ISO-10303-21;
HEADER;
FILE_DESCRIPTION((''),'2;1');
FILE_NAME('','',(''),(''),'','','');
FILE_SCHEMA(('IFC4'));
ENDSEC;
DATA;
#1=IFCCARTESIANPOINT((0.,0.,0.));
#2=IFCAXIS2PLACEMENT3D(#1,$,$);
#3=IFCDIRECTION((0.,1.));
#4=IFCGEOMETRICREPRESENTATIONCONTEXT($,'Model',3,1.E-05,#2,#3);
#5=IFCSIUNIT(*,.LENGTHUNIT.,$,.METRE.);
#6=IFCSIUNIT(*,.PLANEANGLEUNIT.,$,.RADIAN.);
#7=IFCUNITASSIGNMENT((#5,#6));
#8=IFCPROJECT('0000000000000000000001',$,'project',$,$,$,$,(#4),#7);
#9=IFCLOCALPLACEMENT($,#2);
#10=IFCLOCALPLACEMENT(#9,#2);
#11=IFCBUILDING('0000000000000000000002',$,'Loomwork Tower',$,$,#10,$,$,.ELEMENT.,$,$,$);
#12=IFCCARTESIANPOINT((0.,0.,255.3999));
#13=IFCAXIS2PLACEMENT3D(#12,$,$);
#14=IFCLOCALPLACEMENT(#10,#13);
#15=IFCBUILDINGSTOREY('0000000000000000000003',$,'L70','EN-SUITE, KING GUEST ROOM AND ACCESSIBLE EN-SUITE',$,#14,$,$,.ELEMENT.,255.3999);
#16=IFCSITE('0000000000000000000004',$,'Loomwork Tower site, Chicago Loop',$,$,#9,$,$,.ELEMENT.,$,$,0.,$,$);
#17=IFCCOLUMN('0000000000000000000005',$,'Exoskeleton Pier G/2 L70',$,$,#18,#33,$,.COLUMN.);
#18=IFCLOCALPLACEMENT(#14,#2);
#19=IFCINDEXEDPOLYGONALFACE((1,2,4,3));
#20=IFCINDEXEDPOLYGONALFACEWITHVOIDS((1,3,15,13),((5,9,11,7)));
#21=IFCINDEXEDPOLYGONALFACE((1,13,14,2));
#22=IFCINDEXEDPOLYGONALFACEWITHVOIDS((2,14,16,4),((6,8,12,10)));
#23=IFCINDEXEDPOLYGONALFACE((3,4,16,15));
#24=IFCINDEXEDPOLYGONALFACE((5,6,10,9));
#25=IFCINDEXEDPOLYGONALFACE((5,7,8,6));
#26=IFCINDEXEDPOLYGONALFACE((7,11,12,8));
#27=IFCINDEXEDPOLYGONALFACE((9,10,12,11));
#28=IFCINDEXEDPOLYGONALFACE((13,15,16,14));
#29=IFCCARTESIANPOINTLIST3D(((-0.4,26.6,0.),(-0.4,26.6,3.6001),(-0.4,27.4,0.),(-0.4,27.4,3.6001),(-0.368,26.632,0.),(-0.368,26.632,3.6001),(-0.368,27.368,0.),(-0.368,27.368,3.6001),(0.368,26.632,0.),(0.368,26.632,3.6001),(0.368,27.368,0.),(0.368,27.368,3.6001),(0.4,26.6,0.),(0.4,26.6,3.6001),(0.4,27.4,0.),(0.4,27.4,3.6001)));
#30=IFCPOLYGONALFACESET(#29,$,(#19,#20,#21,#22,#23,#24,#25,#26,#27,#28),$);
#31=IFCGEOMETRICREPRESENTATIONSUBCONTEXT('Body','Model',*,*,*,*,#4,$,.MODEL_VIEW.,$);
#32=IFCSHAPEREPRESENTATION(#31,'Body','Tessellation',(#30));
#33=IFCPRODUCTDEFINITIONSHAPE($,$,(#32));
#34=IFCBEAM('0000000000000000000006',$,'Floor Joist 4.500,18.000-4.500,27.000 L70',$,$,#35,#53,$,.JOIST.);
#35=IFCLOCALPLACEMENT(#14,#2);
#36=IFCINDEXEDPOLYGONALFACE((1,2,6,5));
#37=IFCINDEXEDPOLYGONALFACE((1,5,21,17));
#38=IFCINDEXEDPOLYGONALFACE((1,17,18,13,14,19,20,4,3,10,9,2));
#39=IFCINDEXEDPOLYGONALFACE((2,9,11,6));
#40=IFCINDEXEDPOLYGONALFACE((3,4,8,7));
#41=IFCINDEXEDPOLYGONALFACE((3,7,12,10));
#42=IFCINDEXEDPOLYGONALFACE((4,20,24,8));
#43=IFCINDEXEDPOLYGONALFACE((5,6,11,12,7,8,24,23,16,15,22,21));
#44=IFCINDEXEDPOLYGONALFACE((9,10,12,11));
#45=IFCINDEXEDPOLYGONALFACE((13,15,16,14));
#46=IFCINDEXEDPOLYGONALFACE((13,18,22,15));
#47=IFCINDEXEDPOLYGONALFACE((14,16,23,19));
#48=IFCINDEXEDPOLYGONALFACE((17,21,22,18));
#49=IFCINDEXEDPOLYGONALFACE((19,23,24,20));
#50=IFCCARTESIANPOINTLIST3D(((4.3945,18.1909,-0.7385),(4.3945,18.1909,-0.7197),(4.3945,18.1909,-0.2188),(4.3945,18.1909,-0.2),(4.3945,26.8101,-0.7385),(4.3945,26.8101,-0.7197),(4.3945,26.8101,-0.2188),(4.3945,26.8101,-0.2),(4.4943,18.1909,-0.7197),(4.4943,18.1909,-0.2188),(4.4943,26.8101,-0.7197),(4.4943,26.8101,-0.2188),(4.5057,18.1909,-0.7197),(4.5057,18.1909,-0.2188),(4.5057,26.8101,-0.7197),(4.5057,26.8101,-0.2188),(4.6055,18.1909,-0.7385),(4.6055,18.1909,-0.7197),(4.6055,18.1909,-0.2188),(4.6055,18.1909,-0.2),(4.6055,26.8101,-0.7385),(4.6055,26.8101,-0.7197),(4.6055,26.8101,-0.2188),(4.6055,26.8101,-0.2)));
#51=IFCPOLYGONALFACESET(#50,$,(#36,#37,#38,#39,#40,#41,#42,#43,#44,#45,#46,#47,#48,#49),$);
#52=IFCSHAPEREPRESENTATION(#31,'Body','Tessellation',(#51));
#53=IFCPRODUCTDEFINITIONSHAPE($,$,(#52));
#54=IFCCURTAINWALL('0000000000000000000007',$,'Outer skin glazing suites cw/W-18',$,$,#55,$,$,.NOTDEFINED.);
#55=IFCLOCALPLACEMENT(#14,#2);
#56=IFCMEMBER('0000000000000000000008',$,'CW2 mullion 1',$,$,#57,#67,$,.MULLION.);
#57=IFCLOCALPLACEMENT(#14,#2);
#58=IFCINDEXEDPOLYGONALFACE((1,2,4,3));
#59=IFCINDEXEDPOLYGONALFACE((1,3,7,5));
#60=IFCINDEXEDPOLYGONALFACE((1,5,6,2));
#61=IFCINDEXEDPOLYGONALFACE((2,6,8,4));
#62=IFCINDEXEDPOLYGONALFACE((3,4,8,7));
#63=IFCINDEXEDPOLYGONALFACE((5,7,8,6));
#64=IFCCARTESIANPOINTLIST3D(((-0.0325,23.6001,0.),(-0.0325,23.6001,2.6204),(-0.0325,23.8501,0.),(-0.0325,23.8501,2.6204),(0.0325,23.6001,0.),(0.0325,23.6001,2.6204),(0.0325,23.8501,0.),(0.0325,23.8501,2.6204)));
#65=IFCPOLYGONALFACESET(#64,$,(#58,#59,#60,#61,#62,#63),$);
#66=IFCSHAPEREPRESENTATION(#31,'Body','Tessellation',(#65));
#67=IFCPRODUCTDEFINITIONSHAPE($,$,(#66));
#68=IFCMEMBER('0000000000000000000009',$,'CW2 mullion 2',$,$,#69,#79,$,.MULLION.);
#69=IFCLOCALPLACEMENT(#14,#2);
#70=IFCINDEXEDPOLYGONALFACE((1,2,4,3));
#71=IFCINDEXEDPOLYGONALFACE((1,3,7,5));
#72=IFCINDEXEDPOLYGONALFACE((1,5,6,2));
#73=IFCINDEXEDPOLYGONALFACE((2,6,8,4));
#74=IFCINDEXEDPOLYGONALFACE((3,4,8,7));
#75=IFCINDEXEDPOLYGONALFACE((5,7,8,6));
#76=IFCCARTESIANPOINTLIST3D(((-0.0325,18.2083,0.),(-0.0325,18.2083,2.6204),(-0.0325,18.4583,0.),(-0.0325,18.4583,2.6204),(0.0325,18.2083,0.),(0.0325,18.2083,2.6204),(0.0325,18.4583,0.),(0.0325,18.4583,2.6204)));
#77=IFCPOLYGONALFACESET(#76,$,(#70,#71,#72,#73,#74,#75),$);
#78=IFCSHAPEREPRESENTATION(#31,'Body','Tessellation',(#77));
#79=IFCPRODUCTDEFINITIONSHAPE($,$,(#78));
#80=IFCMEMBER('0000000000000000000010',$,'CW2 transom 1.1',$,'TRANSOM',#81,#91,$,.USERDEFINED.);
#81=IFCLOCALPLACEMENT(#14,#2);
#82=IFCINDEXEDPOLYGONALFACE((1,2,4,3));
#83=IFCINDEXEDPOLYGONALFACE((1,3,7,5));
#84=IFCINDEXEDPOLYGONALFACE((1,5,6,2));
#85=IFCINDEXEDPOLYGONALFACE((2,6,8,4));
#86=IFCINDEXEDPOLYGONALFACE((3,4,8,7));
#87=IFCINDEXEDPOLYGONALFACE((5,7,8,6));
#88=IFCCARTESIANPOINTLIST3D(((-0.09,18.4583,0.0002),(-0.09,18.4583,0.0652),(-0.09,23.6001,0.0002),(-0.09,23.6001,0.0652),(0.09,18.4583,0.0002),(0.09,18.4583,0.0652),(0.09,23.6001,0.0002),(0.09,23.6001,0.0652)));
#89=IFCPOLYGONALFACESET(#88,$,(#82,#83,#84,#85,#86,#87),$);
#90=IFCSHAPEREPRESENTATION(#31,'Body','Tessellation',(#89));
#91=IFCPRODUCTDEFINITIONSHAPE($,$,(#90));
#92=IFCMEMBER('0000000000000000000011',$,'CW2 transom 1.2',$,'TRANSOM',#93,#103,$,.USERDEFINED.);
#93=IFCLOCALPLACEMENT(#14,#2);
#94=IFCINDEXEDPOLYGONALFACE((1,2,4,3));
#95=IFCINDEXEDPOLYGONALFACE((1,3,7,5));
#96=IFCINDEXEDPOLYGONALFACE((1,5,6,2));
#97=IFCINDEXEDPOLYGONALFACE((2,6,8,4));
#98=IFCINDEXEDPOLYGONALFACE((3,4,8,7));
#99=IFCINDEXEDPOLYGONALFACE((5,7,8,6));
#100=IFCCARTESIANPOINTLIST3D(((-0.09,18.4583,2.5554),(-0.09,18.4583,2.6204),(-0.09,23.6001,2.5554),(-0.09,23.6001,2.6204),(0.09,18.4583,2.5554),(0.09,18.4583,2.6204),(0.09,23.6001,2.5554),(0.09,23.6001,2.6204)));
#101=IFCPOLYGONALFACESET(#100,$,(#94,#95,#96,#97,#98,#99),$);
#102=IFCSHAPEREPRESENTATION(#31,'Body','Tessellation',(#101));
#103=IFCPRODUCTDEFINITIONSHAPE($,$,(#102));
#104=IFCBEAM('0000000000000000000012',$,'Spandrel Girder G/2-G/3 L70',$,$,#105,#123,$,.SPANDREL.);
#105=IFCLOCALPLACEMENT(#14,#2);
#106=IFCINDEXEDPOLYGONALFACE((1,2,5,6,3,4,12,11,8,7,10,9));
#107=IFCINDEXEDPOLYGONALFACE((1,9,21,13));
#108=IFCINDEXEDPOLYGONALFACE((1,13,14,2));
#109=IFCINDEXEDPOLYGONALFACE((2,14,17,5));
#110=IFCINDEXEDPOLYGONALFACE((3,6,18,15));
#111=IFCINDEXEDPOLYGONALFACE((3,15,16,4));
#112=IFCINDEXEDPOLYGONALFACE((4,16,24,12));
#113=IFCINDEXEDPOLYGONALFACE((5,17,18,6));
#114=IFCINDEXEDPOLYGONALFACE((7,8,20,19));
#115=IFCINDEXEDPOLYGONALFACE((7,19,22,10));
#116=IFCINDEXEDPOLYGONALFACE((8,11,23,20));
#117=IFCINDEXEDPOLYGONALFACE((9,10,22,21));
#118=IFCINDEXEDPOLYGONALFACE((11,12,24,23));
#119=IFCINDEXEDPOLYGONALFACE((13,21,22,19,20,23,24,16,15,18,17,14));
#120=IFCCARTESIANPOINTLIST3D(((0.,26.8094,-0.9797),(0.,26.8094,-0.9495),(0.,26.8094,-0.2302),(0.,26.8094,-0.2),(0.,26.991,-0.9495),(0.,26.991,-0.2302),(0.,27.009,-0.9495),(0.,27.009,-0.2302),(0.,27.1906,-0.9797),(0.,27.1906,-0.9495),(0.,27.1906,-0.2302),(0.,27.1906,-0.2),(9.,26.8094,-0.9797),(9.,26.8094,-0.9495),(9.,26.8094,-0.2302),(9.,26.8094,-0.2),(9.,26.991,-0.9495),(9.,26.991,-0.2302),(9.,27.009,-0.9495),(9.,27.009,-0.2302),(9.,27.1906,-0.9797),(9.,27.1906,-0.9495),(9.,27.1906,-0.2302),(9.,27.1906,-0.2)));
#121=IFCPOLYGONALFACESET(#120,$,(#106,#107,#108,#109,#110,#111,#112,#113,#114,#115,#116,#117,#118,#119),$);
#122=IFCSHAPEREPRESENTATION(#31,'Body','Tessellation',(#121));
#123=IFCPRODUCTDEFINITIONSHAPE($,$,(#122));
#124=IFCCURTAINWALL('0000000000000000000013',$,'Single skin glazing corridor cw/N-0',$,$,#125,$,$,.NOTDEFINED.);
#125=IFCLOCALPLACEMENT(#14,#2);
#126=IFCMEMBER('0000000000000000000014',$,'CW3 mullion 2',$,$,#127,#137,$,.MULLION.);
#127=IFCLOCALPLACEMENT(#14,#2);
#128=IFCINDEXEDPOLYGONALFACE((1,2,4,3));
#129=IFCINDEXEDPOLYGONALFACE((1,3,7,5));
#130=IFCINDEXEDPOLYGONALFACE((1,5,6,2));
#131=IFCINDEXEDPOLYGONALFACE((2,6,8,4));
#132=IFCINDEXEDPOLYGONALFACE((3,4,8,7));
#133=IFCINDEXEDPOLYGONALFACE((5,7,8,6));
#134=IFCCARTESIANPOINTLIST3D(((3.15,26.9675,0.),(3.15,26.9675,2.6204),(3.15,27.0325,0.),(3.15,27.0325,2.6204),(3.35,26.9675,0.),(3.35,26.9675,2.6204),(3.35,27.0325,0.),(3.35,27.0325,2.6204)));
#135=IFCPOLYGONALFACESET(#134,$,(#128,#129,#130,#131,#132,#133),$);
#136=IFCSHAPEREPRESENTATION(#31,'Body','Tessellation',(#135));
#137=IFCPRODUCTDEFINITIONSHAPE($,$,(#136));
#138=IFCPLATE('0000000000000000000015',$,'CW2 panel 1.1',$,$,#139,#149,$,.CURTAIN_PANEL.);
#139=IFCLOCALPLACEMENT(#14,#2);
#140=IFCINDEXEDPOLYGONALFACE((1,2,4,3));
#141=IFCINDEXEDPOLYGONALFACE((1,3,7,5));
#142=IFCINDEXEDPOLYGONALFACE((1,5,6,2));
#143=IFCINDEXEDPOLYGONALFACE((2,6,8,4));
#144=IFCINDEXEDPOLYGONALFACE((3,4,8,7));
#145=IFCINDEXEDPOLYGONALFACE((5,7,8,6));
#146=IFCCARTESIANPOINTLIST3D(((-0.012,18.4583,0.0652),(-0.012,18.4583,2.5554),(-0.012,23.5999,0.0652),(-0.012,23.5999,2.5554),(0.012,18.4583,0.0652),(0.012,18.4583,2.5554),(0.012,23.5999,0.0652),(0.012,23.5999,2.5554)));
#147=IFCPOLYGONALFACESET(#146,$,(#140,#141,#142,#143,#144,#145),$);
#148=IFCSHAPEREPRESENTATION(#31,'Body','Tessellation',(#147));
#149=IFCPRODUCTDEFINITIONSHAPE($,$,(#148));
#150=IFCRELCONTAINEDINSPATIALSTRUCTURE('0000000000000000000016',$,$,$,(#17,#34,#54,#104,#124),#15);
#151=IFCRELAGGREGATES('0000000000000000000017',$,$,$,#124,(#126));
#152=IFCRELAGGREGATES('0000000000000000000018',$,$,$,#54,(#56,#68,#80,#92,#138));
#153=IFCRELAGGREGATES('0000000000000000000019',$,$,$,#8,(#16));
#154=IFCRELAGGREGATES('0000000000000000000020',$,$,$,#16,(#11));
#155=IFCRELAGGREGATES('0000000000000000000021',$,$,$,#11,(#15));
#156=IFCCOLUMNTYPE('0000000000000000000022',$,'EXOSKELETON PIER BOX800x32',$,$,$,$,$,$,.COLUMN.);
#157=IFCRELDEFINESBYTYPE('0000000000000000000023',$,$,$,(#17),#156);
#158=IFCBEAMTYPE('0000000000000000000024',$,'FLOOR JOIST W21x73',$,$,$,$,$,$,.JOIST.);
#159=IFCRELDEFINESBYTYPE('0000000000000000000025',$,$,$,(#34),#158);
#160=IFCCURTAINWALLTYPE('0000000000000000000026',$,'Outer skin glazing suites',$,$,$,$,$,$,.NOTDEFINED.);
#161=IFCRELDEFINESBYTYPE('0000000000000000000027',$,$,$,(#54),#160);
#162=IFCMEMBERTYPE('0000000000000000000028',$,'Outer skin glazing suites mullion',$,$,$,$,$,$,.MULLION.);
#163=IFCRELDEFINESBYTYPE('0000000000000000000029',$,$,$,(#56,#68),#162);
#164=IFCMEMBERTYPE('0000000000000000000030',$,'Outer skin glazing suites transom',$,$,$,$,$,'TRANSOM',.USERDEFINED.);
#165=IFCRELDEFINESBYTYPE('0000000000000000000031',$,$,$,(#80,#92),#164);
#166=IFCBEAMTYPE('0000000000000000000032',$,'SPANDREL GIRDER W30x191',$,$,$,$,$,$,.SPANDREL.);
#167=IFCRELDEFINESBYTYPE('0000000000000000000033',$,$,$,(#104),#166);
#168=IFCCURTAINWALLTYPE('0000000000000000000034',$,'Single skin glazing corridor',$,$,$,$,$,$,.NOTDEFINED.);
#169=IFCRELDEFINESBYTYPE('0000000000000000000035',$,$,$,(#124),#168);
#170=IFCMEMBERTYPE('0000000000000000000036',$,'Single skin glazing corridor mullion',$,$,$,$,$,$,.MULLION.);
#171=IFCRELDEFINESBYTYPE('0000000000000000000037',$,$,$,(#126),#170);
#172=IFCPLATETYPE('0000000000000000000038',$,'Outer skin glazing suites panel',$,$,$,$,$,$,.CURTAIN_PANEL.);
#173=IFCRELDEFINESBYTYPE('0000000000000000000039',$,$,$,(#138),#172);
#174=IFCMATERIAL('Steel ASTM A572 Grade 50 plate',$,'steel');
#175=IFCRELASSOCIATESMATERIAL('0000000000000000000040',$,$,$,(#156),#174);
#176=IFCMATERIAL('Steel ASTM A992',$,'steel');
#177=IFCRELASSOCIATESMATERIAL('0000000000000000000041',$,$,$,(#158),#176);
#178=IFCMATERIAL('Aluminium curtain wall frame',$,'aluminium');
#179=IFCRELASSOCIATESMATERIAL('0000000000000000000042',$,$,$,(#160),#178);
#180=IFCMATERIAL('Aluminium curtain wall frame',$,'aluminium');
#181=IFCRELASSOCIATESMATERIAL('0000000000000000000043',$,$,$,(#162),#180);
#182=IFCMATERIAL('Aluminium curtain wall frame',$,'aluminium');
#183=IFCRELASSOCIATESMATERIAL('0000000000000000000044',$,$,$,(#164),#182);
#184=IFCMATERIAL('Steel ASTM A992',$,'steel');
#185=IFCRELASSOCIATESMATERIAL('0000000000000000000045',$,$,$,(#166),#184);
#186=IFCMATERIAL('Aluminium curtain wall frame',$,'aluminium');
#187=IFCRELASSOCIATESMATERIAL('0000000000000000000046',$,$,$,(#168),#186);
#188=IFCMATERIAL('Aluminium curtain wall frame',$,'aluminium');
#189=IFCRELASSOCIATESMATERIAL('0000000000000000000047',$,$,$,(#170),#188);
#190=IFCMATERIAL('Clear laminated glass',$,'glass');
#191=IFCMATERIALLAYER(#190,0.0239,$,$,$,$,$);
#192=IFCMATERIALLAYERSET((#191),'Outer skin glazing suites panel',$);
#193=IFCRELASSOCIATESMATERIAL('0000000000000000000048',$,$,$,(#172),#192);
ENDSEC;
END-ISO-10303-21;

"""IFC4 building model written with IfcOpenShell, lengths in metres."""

from ifc_helpers import new_model, si_unit, direction, frame, origin, origin_2d, place, context, subcontext, project, spatial, rectangle, hollow_rectangle, i_section, extrude, material, layer, layer_set, material_profile, profile_set, type_object, element, aggregate, save


model = new_model("IFC4")

# Units and contexts
model_context = context("Model", 3, precision=1e-05, world=origin(), true_north=direction((0.0, 1.0)))
body_context = subcontext(model_context, "Body", "Model", "MODEL_VIEW")
ifc_project = project(units=[si_unit("LENGTHUNIT", "METRE"), si_unit("PLANEANGLEUNIT", "RADIAN")], contexts=[model_context])

# Site, building, storey
site_placement = place(None, origin())
site = spatial("IfcSite", under=ifc_project, at=site_placement, Name="Loomwork Tower site, Chicago Loop", CompositionType="ELEMENT", RefElevation=0.0)
building_placement = place(site_placement, origin())
building = spatial("IfcBuilding", under=site, at=building_placement, Name="Loomwork Tower", CompositionType="ELEMENT")
storey_placement = place(building_placement, frame((0.0, 0.0, 255.3999)))
storey = spatial("IfcBuildingStorey", under=building, at=storey_placement, Name="L70", Description="EN-SUITE, KING GUEST ROOM AND ACCESSIBLE EN-SUITE", CompositionType="ELEMENT", Elevation=255.3999)

# Column
ifc_material_1 = material(Name="Steel ASTM A572 Grade 50 plate", Category="steel")
ifc_material_profile_1 = material_profile(ifc_material_1, hollow_rectangle(XDim=0.8, YDim=0.8, WallThickness=0.032, at=origin_2d()), Name="BOX800x32")
ifc_profile_set_1 = profile_set([ifc_material_profile_1], Name="Steel ASTM A572 Grade 50 plate")
column_type = type_object("IfcColumnType", Name="EXOSKELETON PIER BOX800x32", PredefinedType="COLUMN", material=ifc_profile_set_1)
column_placement = place(storey_placement, frame((0.0, 27.0, 0.0), z_axis=(0.0, 0.0, 1.0), x_axis=(0.0, 1.0, 0.0)))
element("IfcColumn", 1, at=column_placement, inside=storey, type_object=column_type, Name="Exoskeleton Pier G/2 L70", PredefinedType="COLUMN", context=body_context, shape_type="SweptSolid", body=[
    extrude(hollow_rectangle(XDim=0.8, YDim=0.8, WallThickness=0.032, at=origin_2d()), origin(), (0.0, 0.0, 1.0), 3.6001),
])

# Beam
ifc_material_2 = material(Name="Steel ASTM A992", Category="steel")
ifc_material_profile_2 = material_profile(ifc_material_2, i_section(OverallWidth=0.2109, OverallDepth=0.5386, WebThickness=0.0115, FlangeThickness=0.0188, at=origin_2d()), Name="W21x73")
ifc_profile_set_2 = profile_set([ifc_material_profile_2], Name="Steel ASTM A992")
beam_type_1 = type_object("IfcBeamType", Name="FLOOR JOIST W21x73", PredefinedType="JOIST", material=ifc_profile_set_2)
beam_1_placement = place(storey_placement, frame((4.5, 18.1909, -0.4692), z_axis=(0.0, 1.0, 0.0), x_axis=(-1.0, 0.0, 0.0)))
element("IfcBeam", 2, at=beam_1_placement, inside=storey, type_object=beam_type_1, Name="Floor Joist 4.500,18.000-4.500,27.000 L70", PredefinedType="JOIST", context=body_context, shape_type="SweptSolid", body=[
    extrude(i_section(OverallWidth=0.2109, OverallDepth=0.5386, WebThickness=0.0115, FlangeThickness=0.0188, at=origin_2d()), origin(), (0.0, 0.0, 1.0), 8.6191),
])

# Curtain wall, members
ifc_material_3 = material(Name="Aluminium curtain wall frame", Category="aluminium")
curtain_wall_type_1 = type_object("IfcCurtainWallType", Name="Outer skin glazing suites", PredefinedType="NOTDEFINED", material=ifc_material_3)
curtain_wall_1_placement = place(storey_placement, origin())
curtain_wall_1 = element("IfcCurtainWall", 3, at=curtain_wall_1_placement, inside=storey, type_object=curtain_wall_type_1, Name="Outer skin glazing suites cw/W-18", PredefinedType="NOTDEFINED")
ifc_material_4 = material(Name="Aluminium curtain wall frame", Category="aluminium")
ifc_material_profile_3 = material_profile(ifc_material_4, rectangle(XDim=0.0649, YDim=0.25, at=origin_2d()), Name="AL 65x250")
ifc_profile_set_3 = profile_set([ifc_material_profile_3], Name="Aluminium curtain wall frame")
member_type_1 = type_object("IfcMemberType", Name="Outer skin glazing suites mullion", PredefinedType="MULLION", material=ifc_profile_set_3)
member_1_placement = place(storey_placement, frame((0.0, 23.7251, 0.0), z_axis=(0.0, 0.0, 1.0), x_axis=(1.0, 0.0, 0.0)))
member_1 = element("IfcMember", 4, at=member_1_placement, type_object=member_type_1, Name="CW2 mullion 1", PredefinedType="MULLION", context=body_context, shape_type="SweptSolid", body=[
    extrude(rectangle(XDim=0.0649, YDim=0.25, at=origin_2d()), origin(), (0.0, 0.0, 1.0), 2.6204),
])
member_2_placement = place(storey_placement, frame((0.0, 18.3333, 0.0), z_axis=(0.0, 0.0, 1.0), x_axis=(1.0, 0.0, 0.0)))
member_2 = element("IfcMember", 5, at=member_2_placement, type_object=member_type_1, Name="CW2 mullion 2", PredefinedType="MULLION", context=body_context, shape_type="SweptSolid", body=[
    extrude(rectangle(XDim=0.0649, YDim=0.25, at=origin_2d()), origin(), (0.0, 0.0, 1.0), 2.6204),
])
ifc_material_5 = material(Name="Aluminium curtain wall frame", Category="aluminium")
ifc_material_profile_4 = material_profile(ifc_material_5, rectangle(XDim=0.1799, YDim=0.0649, at=origin_2d()), Name="AL 65x180")
ifc_profile_set_4 = profile_set([ifc_material_profile_4], Name="Aluminium curtain wall frame")
member_type_2 = type_object("IfcMemberType", Name="Outer skin glazing suites transom", ElementType="TRANSOM", PredefinedType="USERDEFINED", material=ifc_profile_set_4)
member_3_placement = place(storey_placement, frame((0.0, 23.6001, 0.0327), z_axis=(0.0, -1.0, 0.0), x_axis=(1.0, 0.0, 0.0)))
member_3 = element("IfcMember", 6, at=member_3_placement, type_object=member_type_2, Name="CW2 transom 1.1", ObjectType="TRANSOM", PredefinedType="USERDEFINED", context=body_context, shape_type="SweptSolid", body=[
    extrude(rectangle(XDim=0.1799, YDim=0.0649, at=origin_2d()), origin(), (0.0, 0.0, 1.0), 5.1418),
])
member_4_placement = place(storey_placement, frame((0.0, 23.6001, 2.5879), z_axis=(0.0, -1.0, 0.0), x_axis=(1.0, 0.0, 0.0)))
member_4 = element("IfcMember", 7, at=member_4_placement, type_object=member_type_2, Name="CW2 transom 1.2", ObjectType="TRANSOM", PredefinedType="USERDEFINED", context=body_context, shape_type="SweptSolid", body=[
    extrude(rectangle(XDim=0.1799, YDim=0.0649, at=origin_2d()), origin(), (0.0, 0.0, 1.0), 5.1418),
])

# Beam
ifc_material_6 = material(Name="Steel ASTM A992", Category="steel")
ifc_material_profile_5 = material_profile(ifc_material_6, i_section(OverallWidth=0.3811, OverallDepth=0.7798, WebThickness=0.0181, FlangeThickness=0.0303, at=origin_2d()), Name="W30x191")
ifc_profile_set_5 = profile_set([ifc_material_profile_5], Name="Steel ASTM A992")
beam_type_2 = type_object("IfcBeamType", Name="SPANDREL GIRDER W30x191", PredefinedType="SPANDREL", material=ifc_profile_set_5)
beam_2_placement = place(storey_placement, frame((0.0, 27.0, -0.5898), z_axis=(1.0, 0.0, 0.0), x_axis=(0.0, 1.0, 0.0)))
element("IfcBeam", 8, at=beam_2_placement, inside=storey, type_object=beam_type_2, Name="Spandrel Girder G/2-G/3 L70", PredefinedType="SPANDREL", context=body_context, shape_type="SweptSolid", body=[
    extrude(i_section(OverallWidth=0.3811, OverallDepth=0.7798, WebThickness=0.0181, FlangeThickness=0.0303, at=origin_2d()), origin(), (0.0, 0.0, 1.0), 9.0),
])

# Curtain wall, member
ifc_material_7 = material(Name="Aluminium curtain wall frame", Category="aluminium")
curtain_wall_type_2 = type_object("IfcCurtainWallType", Name="Single skin glazing corridor", PredefinedType="NOTDEFINED", material=ifc_material_7)
curtain_wall_2_placement = place(storey_placement, origin())
curtain_wall_2 = element("IfcCurtainWall", 9, at=curtain_wall_2_placement, inside=storey, type_object=curtain_wall_type_2, Name="Single skin glazing corridor cw/N-0", PredefinedType="NOTDEFINED")
ifc_material_8 = material(Name="Aluminium curtain wall frame", Category="aluminium")
ifc_material_profile_6 = material_profile(ifc_material_8, rectangle(XDim=0.0649, YDim=0.2, at=origin_2d()), Name="AL 65x200")
ifc_profile_set_6 = profile_set([ifc_material_profile_6], Name="Aluminium curtain wall frame")
member_type_3 = type_object("IfcMemberType", Name="Single skin glazing corridor mullion", PredefinedType="MULLION", material=ifc_profile_set_6)
member_5_placement = place(storey_placement, frame((3.25, 27.0, 0.0), z_axis=(0.0, 0.0, 1.0), x_axis=(0.0, -1.0, 0.0)))
member_5 = element("IfcMember", 10, at=member_5_placement, type_object=member_type_3, Name="CW3 mullion 2", PredefinedType="MULLION", context=body_context, shape_type="SweptSolid", body=[
    extrude(rectangle(XDim=0.0649, YDim=0.2, at=origin_2d()), origin(), (0.0, 0.0, 1.0), 2.6204),
])
aggregate(curtain_wall_2, [member_5])

# Plate
ifc_material_9 = material(Name="Clear laminated glass", Category="glass")
ifc_layer_1 = layer(ifc_material_9, 0.0239)
ifc_layer_set_1 = layer_set([ifc_layer_1], Name="Outer skin glazing suites panel")
plate_type = type_object("IfcPlateType", Name="Outer skin glazing suites panel", PredefinedType="CURTAIN_PANEL", material=ifc_layer_set_1)
plate_placement = place(storey_placement, frame((0.0, 21.0291, 0.0652), z_axis=(0.0, 0.0, 1.0), x_axis=(0.0, -1.0, 0.0)))
plate = element("IfcPlate", 11, at=plate_placement, type_object=plate_type, Name="CW2 panel 1.1", PredefinedType="CURTAIN_PANEL", context=body_context, shape_type="SweptSolid", body=[
    extrude(rectangle(XDim=5.1416, YDim=0.0239, at=origin_2d()), origin(), (0.0, 0.0, 1.0), 2.4902),
])
aggregate(curtain_wall_1, [member_1, member_2, member_3, member_4, plate])

save(model, "model.ifc")
